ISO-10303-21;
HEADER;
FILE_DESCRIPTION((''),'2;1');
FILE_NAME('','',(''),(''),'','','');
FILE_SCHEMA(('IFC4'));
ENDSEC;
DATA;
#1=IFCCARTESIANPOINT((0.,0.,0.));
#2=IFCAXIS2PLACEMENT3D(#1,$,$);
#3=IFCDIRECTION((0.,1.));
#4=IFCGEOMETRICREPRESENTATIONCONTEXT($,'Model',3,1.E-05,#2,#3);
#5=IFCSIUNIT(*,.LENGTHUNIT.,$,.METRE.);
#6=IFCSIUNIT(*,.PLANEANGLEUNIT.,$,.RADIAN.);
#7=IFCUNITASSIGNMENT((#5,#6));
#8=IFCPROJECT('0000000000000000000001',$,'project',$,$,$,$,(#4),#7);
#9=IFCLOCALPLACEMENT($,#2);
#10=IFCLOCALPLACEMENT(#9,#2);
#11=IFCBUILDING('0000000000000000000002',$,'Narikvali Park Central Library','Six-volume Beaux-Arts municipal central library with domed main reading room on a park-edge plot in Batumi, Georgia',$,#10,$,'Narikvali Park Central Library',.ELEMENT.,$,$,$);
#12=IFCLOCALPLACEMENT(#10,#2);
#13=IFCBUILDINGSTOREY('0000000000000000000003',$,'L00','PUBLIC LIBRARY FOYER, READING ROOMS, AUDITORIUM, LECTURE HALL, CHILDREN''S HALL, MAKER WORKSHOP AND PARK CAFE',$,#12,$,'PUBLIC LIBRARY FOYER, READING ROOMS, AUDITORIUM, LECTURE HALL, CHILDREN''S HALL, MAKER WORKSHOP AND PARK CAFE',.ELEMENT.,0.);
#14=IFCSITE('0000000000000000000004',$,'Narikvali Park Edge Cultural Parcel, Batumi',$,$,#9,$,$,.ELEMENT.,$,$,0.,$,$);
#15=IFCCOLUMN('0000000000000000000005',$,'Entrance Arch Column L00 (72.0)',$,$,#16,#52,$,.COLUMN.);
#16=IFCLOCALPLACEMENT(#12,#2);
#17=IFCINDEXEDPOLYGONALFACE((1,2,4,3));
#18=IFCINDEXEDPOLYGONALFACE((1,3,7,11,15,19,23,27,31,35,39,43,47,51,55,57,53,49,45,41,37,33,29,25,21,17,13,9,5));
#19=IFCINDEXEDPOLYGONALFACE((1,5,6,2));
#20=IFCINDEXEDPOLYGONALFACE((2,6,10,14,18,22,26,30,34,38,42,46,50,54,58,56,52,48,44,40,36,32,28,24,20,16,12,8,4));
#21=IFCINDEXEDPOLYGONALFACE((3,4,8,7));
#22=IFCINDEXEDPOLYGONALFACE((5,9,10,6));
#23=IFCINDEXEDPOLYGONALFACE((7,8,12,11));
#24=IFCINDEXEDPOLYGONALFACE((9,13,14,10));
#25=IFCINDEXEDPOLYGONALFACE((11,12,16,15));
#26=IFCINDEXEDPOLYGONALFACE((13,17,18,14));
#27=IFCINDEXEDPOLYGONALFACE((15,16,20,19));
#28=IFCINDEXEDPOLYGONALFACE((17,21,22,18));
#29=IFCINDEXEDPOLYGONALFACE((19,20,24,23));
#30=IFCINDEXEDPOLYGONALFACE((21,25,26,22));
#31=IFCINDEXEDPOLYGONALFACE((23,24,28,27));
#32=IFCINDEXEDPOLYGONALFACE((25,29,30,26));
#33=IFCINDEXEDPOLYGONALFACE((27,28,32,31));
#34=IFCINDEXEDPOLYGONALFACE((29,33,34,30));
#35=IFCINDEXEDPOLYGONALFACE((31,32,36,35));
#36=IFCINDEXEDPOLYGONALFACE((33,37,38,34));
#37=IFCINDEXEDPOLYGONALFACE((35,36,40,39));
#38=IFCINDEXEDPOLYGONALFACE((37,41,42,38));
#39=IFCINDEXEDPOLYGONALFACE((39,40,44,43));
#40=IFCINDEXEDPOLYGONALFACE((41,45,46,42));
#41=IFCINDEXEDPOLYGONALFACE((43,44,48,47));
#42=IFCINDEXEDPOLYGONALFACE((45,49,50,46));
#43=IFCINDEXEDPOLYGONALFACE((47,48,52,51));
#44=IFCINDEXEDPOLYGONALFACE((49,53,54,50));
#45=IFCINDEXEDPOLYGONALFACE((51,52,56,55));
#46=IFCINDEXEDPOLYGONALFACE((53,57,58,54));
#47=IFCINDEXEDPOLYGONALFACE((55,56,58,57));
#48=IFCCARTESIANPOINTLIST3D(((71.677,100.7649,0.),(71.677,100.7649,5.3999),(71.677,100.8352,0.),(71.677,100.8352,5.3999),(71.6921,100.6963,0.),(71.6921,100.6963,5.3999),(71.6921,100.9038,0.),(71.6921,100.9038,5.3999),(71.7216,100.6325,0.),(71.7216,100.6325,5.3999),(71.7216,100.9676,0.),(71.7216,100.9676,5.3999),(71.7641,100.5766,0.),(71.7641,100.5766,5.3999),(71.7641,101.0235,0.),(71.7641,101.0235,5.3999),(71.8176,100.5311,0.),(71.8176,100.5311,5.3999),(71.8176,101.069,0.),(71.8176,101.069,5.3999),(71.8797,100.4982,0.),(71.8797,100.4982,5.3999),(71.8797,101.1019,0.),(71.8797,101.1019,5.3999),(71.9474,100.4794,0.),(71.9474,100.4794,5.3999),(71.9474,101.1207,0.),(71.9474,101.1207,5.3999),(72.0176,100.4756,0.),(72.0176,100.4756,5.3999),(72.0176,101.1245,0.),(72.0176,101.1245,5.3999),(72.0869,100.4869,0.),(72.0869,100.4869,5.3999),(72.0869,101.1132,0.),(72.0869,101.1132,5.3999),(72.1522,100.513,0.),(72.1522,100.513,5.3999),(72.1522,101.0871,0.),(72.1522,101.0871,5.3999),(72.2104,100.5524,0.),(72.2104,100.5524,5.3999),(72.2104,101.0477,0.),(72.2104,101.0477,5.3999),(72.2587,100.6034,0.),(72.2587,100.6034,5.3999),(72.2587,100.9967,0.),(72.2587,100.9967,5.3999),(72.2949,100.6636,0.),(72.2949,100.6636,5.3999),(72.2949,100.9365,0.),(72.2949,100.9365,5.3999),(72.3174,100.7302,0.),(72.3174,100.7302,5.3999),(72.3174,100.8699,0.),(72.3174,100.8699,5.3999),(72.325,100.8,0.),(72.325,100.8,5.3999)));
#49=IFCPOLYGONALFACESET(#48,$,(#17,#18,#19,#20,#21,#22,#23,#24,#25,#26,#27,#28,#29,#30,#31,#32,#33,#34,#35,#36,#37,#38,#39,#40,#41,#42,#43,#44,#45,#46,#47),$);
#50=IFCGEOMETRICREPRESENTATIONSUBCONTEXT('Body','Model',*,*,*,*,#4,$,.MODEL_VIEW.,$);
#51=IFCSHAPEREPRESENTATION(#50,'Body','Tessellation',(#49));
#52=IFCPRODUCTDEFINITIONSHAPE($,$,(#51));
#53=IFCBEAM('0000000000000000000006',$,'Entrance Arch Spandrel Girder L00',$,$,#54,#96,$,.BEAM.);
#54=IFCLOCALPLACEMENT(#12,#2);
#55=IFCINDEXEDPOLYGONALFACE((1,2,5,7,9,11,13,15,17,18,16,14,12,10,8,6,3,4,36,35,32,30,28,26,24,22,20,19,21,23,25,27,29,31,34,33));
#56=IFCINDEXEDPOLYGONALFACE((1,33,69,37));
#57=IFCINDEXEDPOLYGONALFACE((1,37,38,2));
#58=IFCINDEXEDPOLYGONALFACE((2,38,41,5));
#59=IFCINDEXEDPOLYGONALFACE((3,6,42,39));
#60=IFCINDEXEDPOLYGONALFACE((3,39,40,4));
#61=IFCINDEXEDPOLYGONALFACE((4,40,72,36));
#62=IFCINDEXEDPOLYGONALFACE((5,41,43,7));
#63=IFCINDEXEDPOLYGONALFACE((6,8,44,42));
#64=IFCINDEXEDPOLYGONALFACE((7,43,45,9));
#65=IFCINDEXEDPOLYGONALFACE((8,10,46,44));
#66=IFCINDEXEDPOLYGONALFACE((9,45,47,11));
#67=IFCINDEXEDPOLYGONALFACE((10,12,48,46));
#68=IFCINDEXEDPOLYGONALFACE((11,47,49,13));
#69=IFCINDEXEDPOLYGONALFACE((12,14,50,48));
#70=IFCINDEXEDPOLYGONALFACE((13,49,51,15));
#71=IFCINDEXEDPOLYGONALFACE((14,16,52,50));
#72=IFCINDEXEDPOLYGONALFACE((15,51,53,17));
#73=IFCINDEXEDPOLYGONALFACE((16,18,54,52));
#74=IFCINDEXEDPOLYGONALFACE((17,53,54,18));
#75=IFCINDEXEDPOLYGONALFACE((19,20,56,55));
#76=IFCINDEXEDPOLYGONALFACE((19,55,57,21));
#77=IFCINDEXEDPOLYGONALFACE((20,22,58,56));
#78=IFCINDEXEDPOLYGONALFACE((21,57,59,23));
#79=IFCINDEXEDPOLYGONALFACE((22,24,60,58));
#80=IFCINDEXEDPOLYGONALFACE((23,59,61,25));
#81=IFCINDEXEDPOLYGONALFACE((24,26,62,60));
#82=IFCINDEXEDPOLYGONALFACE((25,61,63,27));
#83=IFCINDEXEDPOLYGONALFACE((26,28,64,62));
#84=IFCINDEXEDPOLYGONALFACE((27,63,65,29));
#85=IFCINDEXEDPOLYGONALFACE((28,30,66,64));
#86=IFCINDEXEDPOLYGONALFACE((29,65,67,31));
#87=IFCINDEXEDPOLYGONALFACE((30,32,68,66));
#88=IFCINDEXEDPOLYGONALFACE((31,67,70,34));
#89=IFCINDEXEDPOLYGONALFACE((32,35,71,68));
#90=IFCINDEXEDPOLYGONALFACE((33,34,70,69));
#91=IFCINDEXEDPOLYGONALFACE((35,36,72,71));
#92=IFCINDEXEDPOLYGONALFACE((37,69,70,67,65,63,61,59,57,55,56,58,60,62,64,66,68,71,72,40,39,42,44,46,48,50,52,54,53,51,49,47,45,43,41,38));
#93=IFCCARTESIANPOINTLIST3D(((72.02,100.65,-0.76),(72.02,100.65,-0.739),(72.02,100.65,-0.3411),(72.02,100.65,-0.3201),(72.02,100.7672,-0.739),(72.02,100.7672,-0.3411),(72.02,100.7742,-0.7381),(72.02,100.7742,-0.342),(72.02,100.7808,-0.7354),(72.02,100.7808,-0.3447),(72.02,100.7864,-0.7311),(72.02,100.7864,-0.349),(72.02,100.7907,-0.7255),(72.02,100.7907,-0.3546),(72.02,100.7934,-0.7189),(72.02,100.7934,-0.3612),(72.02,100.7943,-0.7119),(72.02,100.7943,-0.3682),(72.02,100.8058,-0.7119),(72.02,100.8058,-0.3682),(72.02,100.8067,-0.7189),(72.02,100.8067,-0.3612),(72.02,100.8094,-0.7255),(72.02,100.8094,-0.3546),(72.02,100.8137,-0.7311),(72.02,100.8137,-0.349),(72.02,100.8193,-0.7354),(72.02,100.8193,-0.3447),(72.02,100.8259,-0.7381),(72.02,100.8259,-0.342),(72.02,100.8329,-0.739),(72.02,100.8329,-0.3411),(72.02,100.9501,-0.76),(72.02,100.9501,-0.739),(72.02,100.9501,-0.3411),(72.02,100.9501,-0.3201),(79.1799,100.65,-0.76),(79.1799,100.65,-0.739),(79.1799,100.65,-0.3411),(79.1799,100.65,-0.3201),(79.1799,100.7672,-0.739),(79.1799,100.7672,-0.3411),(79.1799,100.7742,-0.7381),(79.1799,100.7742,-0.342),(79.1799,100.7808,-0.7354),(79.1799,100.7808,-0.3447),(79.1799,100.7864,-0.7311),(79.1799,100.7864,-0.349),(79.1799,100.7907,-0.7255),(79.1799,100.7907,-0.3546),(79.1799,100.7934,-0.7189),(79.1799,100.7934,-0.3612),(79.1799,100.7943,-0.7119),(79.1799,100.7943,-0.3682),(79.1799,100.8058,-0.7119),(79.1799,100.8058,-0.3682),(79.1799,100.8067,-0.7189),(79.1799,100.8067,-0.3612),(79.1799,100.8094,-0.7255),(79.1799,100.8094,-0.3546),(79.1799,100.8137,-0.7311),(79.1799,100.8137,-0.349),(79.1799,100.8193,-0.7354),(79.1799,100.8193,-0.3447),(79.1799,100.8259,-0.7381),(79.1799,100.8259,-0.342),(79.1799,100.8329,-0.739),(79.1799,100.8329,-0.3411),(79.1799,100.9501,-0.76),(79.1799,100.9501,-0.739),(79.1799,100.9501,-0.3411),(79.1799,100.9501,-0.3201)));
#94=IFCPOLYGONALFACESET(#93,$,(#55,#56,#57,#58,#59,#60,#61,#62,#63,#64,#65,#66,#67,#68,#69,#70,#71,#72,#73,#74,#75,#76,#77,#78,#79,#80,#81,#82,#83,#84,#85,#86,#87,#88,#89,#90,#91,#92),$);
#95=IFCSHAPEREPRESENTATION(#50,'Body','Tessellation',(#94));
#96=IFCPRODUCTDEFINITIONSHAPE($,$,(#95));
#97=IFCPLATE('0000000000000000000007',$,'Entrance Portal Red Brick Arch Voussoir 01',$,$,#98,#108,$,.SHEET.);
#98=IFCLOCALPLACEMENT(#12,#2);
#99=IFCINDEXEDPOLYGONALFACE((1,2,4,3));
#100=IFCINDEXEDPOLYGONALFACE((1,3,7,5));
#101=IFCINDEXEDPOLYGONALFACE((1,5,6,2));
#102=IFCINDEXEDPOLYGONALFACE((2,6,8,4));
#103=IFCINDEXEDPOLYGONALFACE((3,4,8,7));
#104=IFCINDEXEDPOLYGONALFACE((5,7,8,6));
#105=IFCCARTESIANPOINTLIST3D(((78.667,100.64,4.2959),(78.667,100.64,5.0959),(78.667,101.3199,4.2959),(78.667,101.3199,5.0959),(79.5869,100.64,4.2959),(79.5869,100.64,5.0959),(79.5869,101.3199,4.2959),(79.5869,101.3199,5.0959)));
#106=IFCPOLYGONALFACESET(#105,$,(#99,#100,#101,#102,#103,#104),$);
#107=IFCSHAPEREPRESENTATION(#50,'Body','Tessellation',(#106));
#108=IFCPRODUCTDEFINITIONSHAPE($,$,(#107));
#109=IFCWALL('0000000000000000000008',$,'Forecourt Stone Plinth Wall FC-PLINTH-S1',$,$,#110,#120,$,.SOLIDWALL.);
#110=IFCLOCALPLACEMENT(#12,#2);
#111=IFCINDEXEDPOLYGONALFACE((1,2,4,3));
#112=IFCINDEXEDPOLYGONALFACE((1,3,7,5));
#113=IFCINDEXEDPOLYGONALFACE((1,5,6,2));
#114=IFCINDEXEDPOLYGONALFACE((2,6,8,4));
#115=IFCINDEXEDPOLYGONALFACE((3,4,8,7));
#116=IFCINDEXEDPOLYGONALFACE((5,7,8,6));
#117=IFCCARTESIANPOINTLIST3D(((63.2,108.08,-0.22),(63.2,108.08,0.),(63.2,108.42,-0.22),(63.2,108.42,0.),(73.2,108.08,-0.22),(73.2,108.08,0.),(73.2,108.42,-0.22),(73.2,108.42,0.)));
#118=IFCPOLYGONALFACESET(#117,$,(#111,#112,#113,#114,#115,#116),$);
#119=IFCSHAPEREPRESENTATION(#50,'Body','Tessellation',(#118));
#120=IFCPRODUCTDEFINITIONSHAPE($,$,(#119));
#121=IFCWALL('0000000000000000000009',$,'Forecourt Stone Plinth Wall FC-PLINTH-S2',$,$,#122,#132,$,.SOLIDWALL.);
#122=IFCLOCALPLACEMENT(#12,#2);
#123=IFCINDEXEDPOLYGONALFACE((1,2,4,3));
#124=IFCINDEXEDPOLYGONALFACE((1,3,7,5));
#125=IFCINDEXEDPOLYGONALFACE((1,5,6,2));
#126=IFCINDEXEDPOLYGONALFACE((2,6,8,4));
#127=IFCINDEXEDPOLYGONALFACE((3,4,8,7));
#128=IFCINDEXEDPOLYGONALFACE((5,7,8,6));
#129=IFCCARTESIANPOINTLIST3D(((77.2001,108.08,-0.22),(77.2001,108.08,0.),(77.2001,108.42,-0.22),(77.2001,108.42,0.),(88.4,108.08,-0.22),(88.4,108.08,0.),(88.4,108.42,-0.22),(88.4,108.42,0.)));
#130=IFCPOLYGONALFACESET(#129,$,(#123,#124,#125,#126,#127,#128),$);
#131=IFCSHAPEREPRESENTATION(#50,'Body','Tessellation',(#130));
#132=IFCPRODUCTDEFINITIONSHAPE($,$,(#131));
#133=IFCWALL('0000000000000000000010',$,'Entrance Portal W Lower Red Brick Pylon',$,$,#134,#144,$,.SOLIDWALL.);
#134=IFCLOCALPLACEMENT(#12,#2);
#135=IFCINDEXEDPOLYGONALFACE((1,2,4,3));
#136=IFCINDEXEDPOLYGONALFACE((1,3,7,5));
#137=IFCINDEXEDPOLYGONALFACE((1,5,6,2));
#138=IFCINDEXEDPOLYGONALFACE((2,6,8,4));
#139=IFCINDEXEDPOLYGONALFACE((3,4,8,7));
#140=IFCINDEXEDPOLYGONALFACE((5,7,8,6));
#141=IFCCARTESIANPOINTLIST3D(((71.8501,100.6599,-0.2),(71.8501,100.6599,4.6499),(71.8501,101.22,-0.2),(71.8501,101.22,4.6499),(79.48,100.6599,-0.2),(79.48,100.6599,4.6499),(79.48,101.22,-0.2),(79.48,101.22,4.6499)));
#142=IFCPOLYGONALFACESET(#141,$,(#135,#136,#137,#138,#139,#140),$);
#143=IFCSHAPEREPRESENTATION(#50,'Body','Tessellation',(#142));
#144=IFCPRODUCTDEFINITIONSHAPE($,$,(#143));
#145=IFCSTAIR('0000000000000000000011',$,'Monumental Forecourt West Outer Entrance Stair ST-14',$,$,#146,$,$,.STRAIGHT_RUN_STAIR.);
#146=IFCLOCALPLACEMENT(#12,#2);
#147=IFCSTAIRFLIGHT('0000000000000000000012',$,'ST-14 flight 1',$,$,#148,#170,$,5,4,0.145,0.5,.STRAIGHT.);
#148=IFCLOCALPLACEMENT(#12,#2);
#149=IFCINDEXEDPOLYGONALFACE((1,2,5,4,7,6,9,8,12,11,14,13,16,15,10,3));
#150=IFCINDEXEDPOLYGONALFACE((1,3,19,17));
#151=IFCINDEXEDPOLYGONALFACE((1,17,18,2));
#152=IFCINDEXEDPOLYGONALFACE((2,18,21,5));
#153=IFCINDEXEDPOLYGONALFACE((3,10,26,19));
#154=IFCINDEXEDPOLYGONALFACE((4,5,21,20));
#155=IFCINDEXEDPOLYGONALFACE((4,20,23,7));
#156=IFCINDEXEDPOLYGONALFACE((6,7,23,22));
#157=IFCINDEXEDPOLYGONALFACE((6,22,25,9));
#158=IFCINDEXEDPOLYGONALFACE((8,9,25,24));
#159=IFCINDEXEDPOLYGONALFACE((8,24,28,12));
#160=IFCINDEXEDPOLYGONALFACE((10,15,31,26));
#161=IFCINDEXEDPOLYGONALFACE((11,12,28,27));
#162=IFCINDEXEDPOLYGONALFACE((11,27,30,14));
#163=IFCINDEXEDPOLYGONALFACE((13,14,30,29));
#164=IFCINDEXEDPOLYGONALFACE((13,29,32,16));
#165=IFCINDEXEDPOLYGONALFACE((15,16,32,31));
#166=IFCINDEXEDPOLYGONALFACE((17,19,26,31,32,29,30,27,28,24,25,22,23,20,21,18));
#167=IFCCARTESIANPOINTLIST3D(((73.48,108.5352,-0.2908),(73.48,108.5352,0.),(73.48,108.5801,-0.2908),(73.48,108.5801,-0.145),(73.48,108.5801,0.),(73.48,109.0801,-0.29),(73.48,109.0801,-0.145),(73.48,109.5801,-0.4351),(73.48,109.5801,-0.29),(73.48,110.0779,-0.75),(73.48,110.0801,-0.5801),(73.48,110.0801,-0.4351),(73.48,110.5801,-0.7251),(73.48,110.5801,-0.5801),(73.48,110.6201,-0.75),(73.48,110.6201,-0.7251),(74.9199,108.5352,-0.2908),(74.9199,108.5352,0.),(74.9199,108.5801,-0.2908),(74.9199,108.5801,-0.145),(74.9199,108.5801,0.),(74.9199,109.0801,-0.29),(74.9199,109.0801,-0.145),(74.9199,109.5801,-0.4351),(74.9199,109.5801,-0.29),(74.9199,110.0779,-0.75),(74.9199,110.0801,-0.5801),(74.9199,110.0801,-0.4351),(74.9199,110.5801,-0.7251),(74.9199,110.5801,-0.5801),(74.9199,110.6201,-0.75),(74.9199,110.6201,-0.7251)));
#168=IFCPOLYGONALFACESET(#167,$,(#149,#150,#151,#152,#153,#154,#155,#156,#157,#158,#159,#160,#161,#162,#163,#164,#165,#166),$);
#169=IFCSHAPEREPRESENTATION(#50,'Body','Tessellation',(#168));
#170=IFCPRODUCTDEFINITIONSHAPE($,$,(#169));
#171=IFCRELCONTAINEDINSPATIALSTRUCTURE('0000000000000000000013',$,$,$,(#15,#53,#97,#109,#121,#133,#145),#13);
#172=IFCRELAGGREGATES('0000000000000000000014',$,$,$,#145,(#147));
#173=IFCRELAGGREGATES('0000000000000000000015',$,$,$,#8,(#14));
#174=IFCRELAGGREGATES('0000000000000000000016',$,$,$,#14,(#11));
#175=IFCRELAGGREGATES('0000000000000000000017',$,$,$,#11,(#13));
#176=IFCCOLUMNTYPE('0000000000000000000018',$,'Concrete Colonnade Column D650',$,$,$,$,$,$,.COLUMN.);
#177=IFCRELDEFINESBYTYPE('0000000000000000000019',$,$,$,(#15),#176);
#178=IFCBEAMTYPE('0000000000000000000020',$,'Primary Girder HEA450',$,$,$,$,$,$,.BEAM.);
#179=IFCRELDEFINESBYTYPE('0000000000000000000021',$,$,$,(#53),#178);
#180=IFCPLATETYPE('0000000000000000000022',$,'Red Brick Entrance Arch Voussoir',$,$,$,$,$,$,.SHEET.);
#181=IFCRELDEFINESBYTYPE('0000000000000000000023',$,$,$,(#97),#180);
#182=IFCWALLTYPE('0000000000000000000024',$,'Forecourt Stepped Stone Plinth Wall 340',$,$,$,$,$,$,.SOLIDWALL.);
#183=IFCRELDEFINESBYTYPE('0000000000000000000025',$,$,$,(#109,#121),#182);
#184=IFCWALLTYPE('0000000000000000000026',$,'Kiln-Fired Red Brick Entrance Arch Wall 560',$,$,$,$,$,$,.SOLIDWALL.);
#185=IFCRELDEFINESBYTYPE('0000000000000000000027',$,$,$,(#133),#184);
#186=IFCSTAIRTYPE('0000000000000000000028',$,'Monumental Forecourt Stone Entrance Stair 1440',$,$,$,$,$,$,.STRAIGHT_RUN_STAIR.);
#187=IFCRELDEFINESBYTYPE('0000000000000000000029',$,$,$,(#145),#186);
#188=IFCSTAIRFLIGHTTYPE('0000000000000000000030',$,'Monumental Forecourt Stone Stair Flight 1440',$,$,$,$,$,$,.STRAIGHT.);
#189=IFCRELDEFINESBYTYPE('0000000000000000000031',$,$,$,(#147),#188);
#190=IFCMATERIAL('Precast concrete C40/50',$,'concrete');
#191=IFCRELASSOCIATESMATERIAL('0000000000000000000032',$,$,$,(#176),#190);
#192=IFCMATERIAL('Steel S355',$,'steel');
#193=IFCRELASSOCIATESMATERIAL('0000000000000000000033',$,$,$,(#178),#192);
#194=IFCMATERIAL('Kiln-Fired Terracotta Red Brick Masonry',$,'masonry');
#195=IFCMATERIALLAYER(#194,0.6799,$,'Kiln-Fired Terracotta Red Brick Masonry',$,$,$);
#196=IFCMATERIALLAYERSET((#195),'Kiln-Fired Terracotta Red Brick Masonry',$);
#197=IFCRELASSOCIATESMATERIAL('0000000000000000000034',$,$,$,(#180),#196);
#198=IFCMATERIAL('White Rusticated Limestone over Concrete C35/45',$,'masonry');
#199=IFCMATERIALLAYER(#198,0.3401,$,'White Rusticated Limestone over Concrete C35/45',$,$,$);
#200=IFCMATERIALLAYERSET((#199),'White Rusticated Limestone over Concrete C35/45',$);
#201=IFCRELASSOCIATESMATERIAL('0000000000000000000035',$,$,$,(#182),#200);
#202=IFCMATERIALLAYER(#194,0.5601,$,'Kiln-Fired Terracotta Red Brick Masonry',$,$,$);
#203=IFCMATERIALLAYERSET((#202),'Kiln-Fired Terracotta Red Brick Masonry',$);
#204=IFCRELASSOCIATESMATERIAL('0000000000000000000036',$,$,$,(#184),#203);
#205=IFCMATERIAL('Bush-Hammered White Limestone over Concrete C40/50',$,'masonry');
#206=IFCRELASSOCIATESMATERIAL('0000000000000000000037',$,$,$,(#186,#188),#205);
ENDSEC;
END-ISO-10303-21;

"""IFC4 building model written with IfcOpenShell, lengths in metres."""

from ifc_helpers import new_model, si_unit, direction, frame, frame_2d, origin, origin_2d, place, context, subcontext, project, spatial, polyline, rectangle, circle, i_section, outline, extrude, material, layer, layer_set, material_profile, profile_set, type_object, element, aggregate, save


model = new_model("IFC4")

# Units and contexts
model_context = context("Model", 3, precision=1e-05, world=origin(), true_north=direction((0.0, 1.0)))
body_context = subcontext(model_context, "Body", "Model", "MODEL_VIEW")
ifc_project = project(units=[si_unit("LENGTHUNIT", "METRE"), si_unit("PLANEANGLEUNIT", "RADIAN")], contexts=[model_context])

# Site, building, storey
site_placement = place(None, origin())
site = spatial("IfcSite", under=ifc_project, at=site_placement, Name="Narikvali Park Edge Cultural Parcel, Batumi", CompositionType="ELEMENT", RefElevation=0.0)
building_placement = place(site_placement, origin())
building = spatial("IfcBuilding", under=site, at=building_placement, Name="Narikvali Park Central Library", Description="Six-volume Beaux-Arts municipal central library with domed main reading room on a park-edge plot in Batumi, Georgia", LongName="Narikvali Park Central Library", CompositionType="ELEMENT")
storey_placement = place(building_placement, origin())
storey = spatial("IfcBuildingStorey", under=building, at=storey_placement, Name="L00", Description="PUBLIC LIBRARY FOYER, READING ROOMS, AUDITORIUM, LECTURE HALL, CHILDREN'S HALL, MAKER WORKSHOP AND PARK CAFE", LongName="PUBLIC LIBRARY FOYER, READING ROOMS, AUDITORIUM, LECTURE HALL, CHILDREN'S HALL, MAKER WORKSHOP AND PARK CAFE", CompositionType="ELEMENT", Elevation=0.0)

# Column
ifc_material_1 = material(Name="Precast concrete C40/50", Category="concrete")
ifc_material_profile_1 = material_profile(ifc_material_1, circle(Radius=0.325, at=origin_2d()), Name="COL D650")
ifc_profile_set_1 = profile_set([ifc_material_profile_1], Name="Precast concrete C40/50")
column_type = type_object("IfcColumnType", Name="Concrete Colonnade Column D650", PredefinedType="COLUMN", material=ifc_profile_set_1)
column_placement = place(storey_placement, frame((72.0, 100.8, 0.0), z_axis=(0.0, 0.0, 1.0), x_axis=(1.0, 0.0, 0.0)))
element("IfcColumn", 1, at=column_placement, inside=storey, type_object=column_type, Name="Entrance Arch Column L00 (72.0)", PredefinedType="COLUMN", context=body_context, shape_type="SweptSolid", body=[
    extrude(circle(Radius=0.325, at=origin_2d()), origin(), (0.0, 0.0, 1.0), 5.3999),
])

# Beam
ifc_material_2 = material(Name="Steel S355", Category="steel")
ifc_material_profile_2 = material_profile(ifc_material_2, i_section(OverallWidth=0.3, OverallDepth=0.4399, WebThickness=0.0115, FlangeThickness=0.021, FilletRadius=0.0271, at=origin_2d()), Name="HEA 450")
ifc_profile_set_2 = profile_set([ifc_material_profile_2], Name="Steel S355")
beam_type = type_object("IfcBeamType", Name="Primary Girder HEA450", PredefinedType="BEAM", material=ifc_profile_set_2)
beam_placement = place(storey_placement, frame((72.02, 100.8, -0.54), z_axis=(1.0, 0.0, 0.0), x_axis=(0.0, 1.0, 0.0)))
element("IfcBeam", 2, at=beam_placement, inside=storey, type_object=beam_type, Name="Entrance Arch Spandrel Girder L00", PredefinedType="BEAM", context=body_context, shape_type="SweptSolid", body=[
    extrude(i_section(OverallWidth=0.3, OverallDepth=0.4399, WebThickness=0.0115, FlangeThickness=0.021, FilletRadius=0.0271, at=origin_2d()), origin(), (0.0, 0.0, 1.0), 7.1599),
])

# Plate
ifc_material_3 = material(Name="Kiln-Fired Terracotta Red Brick Masonry", Category="masonry")
ifc_layer_1 = layer(ifc_material_3, 0.6799, Name="Kiln-Fired Terracotta Red Brick Masonry")
ifc_layer_set_1 = layer_set([ifc_layer_1], Name="Kiln-Fired Terracotta Red Brick Masonry")
plate_type = type_object("IfcPlateType", Name="Red Brick Entrance Arch Voussoir", PredefinedType="SHEET", material=ifc_layer_set_1)
plate_placement = place(storey_placement, frame((79.127, 100.98, 4.2959), z_axis=(0.0, 0.0, 1.0), x_axis=(1.0, 0.0, 0.0)))
element("IfcPlate", 3, at=plate_placement, inside=storey, type_object=plate_type, Name="Entrance Portal Red Brick Arch Voussoir 01", PredefinedType="SHEET", context=body_context, shape_type="SweptSolid", body=[
    extrude(rectangle(XDim=0.9199, YDim=0.6799, at=origin_2d()), origin(), (0.0, 0.0, 1.0), 0.8),
])

# Walls
ifc_material_4 = material(Name="White Rusticated Limestone over Concrete C35/45", Category="masonry")
ifc_layer_2 = layer(ifc_material_4, 0.3401, Name="White Rusticated Limestone over Concrete C35/45")
ifc_layer_set_2 = layer_set([ifc_layer_2], Name="White Rusticated Limestone over Concrete C35/45")
wall_type_1 = type_object("IfcWallType", Name="Forecourt Stepped Stone Plinth Wall 340", PredefinedType="SOLIDWALL", material=ifc_layer_set_2)
wall_1_placement = place(storey_placement, frame((63.2, 108.25, -0.22), z_axis=(0.0, 0.0, 1.0), x_axis=(1.0, 0.0, 0.0)))
element("IfcWall", 4, at=wall_1_placement, inside=storey, type_object=wall_type_1, Name="Forecourt Stone Plinth Wall FC-PLINTH-S1", PredefinedType="SOLIDWALL", context=body_context, shape_type="SweptSolid", body=[
    extrude(rectangle(XDim=10.0, YDim=0.3401, at=frame_2d((5.0, 0.0))), origin(), (0.0, 0.0, 1.0), 0.22),
])
wall_2_placement = place(storey_placement, frame((77.2, 108.25, -0.22), z_axis=(0.0, 0.0, 1.0), x_axis=(1.0, 0.0, 0.0)))
element("IfcWall", 5, at=wall_2_placement, inside=storey, type_object=wall_type_1, Name="Forecourt Stone Plinth Wall FC-PLINTH-S2", PredefinedType="SOLIDWALL", context=body_context, shape_type="SweptSolid", body=[
    extrude(rectangle(XDim=11.2, YDim=0.3401, at=frame_2d((5.6001, 0.0))), origin(), (0.0, 0.0, 1.0), 0.22),
])
ifc_layer_3 = layer(ifc_material_3, 0.5601, Name="Kiln-Fired Terracotta Red Brick Masonry")
ifc_layer_set_3 = layer_set([ifc_layer_3], Name="Kiln-Fired Terracotta Red Brick Masonry")
wall_type_2 = type_object("IfcWallType", Name="Kiln-Fired Red Brick Entrance Arch Wall 560", PredefinedType="SOLIDWALL", material=ifc_layer_set_3)
wall_3_placement = place(storey_placement, frame((71.8501, 100.9399, -0.2), z_axis=(0.0, 0.0, 1.0), x_axis=(1.0, 0.0, 0.0)))
element("IfcWall", 6, at=wall_3_placement, inside=storey, type_object=wall_type_2, Name="Entrance Portal W Lower Red Brick Pylon", PredefinedType="SOLIDWALL", context=body_context, shape_type="SweptSolid", body=[
    extrude(rectangle(XDim=7.6299, YDim=0.5601, at=frame_2d((3.8149, 0.0))), origin(), (0.0, 0.0, 1.0), 4.8499),
])

# Stair, stair flight
ifc_material_5 = material(Name="Bush-Hammered White Limestone over Concrete C40/50", Category="masonry")
stair_type = type_object("IfcStairType", Name="Monumental Forecourt Stone Entrance Stair 1440", PredefinedType="STRAIGHT_RUN_STAIR", material=ifc_material_5)
stair_1_placement = place(storey_placement, origin())
stair_1 = element("IfcStair", 7, at=stair_1_placement, inside=storey, type_object=stair_type, Name="Monumental Forecourt West Outer Entrance Stair ST-14", PredefinedType="STRAIGHT_RUN_STAIR")
stair_flight_type = type_object("IfcStairFlightType", Name="Monumental Forecourt Stone Stair Flight 1440", PredefinedType="STRAIGHT", material=ifc_material_5)
stair_flight_1_placement = place(storey_placement, frame((74.2, 110.5801, -0.7251), z_axis=(0.0, 0.0, 1.0), x_axis=(0.0, -1.0, 0.0)))
stair_flight_1 = element("IfcStairFlight", 8, at=stair_flight_1_placement, type_object=stair_flight_type, Name="ST-14 flight 1", NumberOfRisers=5, NumberOfTreads=4, PredefinedType="STRAIGHT", RiserHeight=0.145, TreadLength=0.5, context=body_context, shape_type="SweptSolid", body=[
    extrude(outline(polyline([(-0.04, -0.0249), (-0.04, 0.0), (0.0, 0.0), (0.0, 0.145), (0.5, 0.145), (0.5, 0.29), (1.0, 0.29), (1.0, 0.4351), (1.5, 0.4351), (1.5, 0.5801), (2.0, 0.5801), (2.0, 0.7251), (2.0449, 0.7251), (2.0449, 0.4343), (2.0, 0.4343), (0.5022, -0.0249), (-0.04, -0.0249)])), frame((0.0, 0.72, 0.0), z_axis=(0.0, -1.0, 0.0), x_axis=(1.0, 0.0, 0.0)), (0.0, 0.0, 1.0), 1.4399),
])
aggregate(stair_1, [stair_flight_1])

save(model, "model.ifc")
